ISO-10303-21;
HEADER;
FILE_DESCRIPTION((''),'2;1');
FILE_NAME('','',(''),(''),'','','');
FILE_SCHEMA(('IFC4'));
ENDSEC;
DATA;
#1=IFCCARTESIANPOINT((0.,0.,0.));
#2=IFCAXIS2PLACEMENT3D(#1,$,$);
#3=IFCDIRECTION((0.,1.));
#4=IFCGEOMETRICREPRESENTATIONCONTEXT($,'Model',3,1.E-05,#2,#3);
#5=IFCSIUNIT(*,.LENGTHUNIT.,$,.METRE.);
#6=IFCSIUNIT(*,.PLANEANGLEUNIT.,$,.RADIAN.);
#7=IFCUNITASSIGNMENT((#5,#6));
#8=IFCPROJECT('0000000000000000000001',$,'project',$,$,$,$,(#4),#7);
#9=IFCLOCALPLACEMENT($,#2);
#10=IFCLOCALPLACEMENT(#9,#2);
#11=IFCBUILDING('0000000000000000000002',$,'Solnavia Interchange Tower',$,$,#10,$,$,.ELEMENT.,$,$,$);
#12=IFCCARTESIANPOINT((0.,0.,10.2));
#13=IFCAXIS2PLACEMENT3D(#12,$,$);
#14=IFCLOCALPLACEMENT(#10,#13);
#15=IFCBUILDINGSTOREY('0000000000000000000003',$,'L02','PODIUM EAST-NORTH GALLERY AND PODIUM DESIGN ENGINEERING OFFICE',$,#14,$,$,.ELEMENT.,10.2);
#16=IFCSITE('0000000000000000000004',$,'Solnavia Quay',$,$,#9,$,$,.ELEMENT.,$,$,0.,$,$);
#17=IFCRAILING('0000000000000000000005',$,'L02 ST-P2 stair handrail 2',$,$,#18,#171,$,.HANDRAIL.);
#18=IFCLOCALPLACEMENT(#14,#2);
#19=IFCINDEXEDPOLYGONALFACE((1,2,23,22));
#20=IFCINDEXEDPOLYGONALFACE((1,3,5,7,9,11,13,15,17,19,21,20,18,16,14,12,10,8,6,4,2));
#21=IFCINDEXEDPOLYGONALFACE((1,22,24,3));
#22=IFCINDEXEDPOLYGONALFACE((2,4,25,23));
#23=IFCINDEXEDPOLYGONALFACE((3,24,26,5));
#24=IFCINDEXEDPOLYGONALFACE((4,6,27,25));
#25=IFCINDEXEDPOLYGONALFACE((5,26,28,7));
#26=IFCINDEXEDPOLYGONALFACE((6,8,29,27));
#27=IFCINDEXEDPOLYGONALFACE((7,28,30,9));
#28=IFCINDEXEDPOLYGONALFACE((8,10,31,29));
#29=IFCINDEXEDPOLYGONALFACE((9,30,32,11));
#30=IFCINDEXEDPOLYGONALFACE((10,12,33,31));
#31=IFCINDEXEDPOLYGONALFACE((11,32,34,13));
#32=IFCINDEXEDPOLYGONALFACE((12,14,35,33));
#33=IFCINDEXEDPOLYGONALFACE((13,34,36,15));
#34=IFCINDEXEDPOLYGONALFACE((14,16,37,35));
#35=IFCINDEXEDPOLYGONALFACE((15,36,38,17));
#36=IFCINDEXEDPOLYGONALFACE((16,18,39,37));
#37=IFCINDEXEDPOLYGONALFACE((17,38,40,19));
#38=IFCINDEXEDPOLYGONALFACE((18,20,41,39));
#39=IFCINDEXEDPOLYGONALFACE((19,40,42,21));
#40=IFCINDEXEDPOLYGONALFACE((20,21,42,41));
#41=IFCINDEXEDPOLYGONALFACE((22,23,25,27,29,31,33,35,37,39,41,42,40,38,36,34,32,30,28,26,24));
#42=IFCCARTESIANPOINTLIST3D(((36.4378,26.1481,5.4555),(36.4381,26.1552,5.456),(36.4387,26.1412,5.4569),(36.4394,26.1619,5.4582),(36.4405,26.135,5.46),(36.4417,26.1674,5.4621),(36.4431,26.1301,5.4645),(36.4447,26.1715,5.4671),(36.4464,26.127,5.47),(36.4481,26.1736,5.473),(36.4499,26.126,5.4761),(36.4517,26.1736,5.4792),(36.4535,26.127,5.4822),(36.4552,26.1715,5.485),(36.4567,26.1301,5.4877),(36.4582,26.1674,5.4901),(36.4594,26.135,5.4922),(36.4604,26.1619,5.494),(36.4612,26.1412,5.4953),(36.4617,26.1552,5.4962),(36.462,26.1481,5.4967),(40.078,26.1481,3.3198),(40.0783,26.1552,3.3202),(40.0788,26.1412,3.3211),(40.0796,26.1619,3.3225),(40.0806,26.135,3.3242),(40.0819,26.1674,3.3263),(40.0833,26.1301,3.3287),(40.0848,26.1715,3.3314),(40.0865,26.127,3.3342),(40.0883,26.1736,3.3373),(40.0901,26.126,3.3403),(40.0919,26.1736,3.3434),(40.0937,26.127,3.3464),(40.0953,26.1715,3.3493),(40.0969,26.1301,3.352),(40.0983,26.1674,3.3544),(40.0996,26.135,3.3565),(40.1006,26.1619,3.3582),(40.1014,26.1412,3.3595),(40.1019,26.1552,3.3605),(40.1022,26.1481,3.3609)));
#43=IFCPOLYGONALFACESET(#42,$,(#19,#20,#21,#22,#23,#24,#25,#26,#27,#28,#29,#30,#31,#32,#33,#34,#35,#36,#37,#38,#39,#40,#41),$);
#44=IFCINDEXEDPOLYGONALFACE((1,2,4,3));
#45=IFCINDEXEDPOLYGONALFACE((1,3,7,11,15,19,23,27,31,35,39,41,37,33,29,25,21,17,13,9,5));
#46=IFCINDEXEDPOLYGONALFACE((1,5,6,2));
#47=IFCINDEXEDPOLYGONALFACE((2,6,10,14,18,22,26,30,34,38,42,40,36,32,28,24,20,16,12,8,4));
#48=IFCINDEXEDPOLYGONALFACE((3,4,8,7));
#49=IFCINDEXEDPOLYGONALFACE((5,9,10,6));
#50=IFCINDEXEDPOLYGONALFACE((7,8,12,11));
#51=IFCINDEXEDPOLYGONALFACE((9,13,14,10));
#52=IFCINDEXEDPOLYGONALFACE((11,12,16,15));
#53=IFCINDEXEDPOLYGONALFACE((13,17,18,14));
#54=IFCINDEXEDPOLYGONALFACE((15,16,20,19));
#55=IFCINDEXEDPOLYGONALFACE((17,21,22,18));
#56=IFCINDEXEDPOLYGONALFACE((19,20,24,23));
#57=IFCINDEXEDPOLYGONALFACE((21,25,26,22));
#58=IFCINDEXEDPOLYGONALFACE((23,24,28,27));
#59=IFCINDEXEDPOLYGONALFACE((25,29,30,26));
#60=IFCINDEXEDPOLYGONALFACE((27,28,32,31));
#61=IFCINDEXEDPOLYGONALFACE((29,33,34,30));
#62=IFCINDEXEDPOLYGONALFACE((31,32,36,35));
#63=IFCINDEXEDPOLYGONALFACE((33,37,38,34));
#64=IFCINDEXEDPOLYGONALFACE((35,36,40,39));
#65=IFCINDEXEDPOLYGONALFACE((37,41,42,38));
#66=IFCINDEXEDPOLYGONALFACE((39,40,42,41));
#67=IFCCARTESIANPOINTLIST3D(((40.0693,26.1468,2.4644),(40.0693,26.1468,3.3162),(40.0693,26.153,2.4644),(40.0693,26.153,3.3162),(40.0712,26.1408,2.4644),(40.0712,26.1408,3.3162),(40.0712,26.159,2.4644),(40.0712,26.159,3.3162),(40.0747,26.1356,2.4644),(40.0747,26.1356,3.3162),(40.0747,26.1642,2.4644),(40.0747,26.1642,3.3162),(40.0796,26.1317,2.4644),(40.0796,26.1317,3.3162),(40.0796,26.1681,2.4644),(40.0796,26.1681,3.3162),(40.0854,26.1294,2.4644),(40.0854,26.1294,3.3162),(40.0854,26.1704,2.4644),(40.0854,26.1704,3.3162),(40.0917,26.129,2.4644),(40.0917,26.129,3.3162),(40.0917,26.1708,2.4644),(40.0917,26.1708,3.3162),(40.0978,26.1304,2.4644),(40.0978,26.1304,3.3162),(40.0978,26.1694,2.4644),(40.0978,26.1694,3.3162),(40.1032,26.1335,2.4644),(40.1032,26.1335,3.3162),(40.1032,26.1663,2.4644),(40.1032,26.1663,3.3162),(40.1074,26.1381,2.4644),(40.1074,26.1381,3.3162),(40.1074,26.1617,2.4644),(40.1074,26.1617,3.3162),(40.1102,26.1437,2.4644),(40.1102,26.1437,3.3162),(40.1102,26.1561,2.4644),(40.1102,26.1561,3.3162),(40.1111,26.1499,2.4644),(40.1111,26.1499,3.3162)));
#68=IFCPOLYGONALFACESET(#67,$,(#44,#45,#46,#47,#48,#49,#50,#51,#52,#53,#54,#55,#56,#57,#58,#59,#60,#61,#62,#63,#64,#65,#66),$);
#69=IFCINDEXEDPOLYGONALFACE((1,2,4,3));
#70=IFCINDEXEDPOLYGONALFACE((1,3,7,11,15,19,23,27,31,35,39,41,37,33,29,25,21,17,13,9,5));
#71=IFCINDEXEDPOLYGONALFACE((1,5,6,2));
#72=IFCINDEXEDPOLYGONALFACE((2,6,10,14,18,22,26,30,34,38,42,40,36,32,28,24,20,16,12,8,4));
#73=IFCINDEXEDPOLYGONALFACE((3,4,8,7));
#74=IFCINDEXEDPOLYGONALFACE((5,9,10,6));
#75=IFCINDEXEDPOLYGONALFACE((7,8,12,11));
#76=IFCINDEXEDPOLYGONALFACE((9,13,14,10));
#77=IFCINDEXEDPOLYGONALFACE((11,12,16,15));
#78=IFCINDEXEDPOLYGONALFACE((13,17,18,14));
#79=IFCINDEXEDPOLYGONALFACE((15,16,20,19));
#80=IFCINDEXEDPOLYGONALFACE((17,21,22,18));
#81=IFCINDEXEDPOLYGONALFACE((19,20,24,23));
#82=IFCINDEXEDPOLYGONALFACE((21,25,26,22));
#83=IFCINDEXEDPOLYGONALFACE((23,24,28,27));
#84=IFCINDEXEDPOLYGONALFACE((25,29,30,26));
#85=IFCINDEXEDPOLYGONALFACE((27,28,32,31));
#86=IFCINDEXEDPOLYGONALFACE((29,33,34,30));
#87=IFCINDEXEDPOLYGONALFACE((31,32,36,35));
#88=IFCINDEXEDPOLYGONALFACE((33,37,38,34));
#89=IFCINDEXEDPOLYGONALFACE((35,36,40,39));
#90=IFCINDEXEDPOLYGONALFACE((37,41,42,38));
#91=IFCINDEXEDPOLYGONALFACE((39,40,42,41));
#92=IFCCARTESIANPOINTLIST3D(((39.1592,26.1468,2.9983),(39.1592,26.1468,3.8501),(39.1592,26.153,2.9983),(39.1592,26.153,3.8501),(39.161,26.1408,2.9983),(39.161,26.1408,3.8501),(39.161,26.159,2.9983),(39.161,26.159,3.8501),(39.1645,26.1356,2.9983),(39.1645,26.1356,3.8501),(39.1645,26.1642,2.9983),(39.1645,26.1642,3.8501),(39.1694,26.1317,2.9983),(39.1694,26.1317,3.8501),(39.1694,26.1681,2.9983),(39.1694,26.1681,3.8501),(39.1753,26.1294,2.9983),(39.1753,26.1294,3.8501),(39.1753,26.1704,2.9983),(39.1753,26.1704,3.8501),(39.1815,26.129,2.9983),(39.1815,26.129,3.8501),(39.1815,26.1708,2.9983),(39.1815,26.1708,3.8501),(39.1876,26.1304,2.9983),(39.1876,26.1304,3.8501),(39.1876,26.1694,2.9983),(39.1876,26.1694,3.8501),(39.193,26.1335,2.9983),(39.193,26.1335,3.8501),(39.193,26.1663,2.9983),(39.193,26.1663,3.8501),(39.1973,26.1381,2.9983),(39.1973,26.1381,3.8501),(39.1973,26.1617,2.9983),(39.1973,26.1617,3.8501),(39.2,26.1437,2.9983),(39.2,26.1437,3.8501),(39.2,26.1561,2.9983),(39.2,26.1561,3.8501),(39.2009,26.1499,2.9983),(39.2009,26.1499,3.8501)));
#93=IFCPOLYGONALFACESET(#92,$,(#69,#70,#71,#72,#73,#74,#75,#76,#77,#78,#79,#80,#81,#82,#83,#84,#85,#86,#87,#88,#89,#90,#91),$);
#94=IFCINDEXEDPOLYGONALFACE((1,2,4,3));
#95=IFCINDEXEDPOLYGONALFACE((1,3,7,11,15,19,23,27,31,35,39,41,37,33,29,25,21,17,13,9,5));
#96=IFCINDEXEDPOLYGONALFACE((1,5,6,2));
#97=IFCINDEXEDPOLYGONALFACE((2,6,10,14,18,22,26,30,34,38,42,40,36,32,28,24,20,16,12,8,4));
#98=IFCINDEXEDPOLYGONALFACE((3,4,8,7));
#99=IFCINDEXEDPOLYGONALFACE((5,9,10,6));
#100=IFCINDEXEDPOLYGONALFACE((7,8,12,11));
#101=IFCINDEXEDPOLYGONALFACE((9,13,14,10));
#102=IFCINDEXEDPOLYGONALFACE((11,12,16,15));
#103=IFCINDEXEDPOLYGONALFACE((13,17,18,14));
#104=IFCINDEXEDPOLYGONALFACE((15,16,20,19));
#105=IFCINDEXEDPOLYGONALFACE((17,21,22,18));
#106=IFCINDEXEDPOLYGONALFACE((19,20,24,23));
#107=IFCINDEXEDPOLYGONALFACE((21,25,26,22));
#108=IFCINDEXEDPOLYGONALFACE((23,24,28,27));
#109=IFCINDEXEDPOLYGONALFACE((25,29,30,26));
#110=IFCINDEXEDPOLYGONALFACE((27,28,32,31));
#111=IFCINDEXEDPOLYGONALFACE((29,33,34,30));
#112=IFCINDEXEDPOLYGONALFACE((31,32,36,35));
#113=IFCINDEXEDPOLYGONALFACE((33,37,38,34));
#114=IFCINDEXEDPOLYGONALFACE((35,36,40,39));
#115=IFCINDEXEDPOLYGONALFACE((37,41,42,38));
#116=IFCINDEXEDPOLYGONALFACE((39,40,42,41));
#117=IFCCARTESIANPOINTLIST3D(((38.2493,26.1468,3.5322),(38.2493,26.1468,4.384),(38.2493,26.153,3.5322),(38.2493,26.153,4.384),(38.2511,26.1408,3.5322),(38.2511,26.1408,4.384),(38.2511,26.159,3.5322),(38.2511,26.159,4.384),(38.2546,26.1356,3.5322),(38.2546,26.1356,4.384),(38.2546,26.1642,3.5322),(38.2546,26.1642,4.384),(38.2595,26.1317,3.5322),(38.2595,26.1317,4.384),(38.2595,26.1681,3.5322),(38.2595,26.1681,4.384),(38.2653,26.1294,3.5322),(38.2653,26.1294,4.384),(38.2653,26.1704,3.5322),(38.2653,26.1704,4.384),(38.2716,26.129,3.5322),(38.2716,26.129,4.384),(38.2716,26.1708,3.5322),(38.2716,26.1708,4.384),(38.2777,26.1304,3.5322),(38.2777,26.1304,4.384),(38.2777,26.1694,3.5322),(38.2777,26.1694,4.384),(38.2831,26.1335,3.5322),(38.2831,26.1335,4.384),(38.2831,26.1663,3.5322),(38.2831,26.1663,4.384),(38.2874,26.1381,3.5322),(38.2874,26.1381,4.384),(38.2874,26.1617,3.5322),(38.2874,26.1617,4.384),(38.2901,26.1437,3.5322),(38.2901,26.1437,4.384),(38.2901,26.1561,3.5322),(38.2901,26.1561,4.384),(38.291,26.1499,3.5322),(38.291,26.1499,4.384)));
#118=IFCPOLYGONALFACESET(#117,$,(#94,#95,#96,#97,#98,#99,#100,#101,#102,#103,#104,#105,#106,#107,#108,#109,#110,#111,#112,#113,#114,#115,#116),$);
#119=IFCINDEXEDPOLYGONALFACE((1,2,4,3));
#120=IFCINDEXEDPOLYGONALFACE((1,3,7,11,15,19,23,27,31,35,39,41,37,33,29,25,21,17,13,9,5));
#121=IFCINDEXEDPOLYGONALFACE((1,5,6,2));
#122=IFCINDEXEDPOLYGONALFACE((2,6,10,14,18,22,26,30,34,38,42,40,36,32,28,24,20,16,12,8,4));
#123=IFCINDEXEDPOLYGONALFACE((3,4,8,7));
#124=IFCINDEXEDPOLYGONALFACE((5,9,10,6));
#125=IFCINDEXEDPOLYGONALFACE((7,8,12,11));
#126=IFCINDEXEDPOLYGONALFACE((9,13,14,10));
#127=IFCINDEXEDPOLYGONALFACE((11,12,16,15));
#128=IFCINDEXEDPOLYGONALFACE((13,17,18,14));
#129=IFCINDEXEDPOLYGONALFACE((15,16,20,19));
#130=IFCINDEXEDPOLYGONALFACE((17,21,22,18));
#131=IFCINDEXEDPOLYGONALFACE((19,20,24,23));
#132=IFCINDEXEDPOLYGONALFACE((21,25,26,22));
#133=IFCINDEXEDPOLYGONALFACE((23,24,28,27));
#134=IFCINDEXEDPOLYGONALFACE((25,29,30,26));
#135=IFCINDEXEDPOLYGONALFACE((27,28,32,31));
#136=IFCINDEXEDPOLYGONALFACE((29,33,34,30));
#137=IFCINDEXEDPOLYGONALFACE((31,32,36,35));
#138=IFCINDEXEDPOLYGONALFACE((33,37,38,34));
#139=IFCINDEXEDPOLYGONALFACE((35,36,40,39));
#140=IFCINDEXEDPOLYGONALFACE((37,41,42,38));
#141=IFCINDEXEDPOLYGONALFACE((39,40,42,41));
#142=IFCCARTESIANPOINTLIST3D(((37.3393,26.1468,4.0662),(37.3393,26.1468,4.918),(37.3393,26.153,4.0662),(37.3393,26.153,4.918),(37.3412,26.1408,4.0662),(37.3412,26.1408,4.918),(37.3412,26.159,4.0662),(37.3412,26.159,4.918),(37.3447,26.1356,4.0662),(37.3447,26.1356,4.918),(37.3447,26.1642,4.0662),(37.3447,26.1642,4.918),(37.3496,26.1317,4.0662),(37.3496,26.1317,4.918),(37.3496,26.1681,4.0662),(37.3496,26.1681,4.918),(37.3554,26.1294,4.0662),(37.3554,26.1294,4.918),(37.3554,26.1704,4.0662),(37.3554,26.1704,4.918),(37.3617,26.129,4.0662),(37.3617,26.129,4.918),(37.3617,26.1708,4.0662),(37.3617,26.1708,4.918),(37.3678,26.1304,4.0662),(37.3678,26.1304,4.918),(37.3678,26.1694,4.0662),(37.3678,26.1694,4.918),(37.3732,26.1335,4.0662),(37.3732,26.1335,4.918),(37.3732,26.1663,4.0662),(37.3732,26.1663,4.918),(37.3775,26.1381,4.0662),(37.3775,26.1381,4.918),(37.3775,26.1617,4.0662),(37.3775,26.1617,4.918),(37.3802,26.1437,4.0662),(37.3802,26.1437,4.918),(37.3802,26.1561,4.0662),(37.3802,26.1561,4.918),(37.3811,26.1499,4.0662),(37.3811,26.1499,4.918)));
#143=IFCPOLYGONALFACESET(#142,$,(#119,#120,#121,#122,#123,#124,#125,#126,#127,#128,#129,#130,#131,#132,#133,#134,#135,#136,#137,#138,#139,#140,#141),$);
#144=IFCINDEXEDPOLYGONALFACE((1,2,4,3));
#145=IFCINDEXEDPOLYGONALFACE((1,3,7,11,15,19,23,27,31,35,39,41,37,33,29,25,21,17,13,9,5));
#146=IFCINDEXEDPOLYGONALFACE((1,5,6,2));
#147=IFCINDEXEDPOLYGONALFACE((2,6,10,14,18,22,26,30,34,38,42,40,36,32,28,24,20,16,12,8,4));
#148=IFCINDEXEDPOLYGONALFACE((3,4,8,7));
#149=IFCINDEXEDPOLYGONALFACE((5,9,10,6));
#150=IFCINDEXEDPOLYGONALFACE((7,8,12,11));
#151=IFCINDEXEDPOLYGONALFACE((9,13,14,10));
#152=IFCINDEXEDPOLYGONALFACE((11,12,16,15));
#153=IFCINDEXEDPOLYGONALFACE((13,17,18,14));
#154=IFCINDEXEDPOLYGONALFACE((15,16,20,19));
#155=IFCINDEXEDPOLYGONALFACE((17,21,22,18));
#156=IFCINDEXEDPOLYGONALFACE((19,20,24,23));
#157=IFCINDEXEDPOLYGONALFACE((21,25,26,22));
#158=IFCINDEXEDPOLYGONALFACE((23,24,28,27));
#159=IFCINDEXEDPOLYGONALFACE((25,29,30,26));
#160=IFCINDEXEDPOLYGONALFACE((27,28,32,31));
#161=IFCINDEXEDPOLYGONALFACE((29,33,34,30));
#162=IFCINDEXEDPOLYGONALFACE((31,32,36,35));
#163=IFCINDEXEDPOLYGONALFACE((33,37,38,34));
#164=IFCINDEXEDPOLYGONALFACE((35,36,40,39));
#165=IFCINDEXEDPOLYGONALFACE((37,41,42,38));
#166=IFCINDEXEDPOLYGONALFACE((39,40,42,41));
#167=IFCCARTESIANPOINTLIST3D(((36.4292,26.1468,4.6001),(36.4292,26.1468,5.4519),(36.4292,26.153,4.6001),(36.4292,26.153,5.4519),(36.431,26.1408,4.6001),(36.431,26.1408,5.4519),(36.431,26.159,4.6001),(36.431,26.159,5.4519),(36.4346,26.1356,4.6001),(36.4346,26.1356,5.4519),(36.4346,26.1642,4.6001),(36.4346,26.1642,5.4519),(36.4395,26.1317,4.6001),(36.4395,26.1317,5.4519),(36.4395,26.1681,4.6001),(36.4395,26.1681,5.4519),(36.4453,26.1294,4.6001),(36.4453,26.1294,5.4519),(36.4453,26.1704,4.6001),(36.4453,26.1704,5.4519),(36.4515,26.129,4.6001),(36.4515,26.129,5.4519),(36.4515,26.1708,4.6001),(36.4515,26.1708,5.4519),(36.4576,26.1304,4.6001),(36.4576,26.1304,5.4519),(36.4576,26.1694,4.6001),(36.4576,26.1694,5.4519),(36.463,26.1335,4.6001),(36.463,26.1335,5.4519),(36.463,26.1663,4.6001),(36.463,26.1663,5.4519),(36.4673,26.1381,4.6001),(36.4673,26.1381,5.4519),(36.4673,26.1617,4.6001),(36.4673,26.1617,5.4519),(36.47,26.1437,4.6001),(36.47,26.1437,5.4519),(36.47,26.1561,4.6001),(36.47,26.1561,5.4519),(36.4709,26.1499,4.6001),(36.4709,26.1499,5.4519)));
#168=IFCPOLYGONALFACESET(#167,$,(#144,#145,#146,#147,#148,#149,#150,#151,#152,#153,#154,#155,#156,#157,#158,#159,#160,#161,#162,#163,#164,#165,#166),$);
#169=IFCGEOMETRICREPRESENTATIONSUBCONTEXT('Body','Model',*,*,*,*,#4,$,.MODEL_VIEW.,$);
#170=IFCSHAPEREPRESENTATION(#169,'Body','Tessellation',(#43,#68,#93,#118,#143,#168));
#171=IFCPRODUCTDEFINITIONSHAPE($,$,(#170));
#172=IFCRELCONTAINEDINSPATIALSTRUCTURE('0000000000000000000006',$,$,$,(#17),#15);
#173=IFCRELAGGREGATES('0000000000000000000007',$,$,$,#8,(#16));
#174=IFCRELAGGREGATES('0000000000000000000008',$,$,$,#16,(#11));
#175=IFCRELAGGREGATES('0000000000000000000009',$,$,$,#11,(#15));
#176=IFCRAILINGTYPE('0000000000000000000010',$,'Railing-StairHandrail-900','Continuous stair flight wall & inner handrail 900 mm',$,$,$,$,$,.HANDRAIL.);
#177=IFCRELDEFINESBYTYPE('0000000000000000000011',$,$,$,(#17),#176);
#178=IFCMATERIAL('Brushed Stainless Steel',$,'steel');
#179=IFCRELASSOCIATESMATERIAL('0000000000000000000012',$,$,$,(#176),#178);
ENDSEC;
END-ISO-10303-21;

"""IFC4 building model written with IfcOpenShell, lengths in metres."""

from ifc_helpers import new_model, si_unit, direction, frame, origin, origin_2d, place, context, subcontext, project, spatial, circle, extrude, material, type_object, element, save


model = new_model("IFC4")

# Units and contexts
model_context = context("Model", 3, precision=1e-05, world=origin(), true_north=direction((0.0, 1.0)))
body_context = subcontext(model_context, "Body", "Model", "MODEL_VIEW")
ifc_project = project(units=[si_unit("LENGTHUNIT", "METRE"), si_unit("PLANEANGLEUNIT", "RADIAN")], contexts=[model_context])

# Site, building, storey
site_placement = place(None, origin())
site = spatial("IfcSite", under=ifc_project, at=site_placement, Name="Solnavia Quay", CompositionType="ELEMENT", RefElevation=0.0)
building_placement = place(site_placement, origin())
building = spatial("IfcBuilding", under=site, at=building_placement, Name="Solnavia Interchange Tower", CompositionType="ELEMENT")
storey_placement = place(building_placement, frame((0.0, 0.0, 10.2)))
storey = spatial("IfcBuildingStorey", under=building, at=storey_placement, Name="L02", Description="PODIUM EAST-NORTH GALLERY AND PODIUM DESIGN ENGINEERING OFFICE", CompositionType="ELEMENT", Elevation=10.2)

# Railing
ifc_material_1 = material(Name="Brushed Stainless Steel", Category="steel")
railing_type_1 = type_object("IfcRailingType", Name="Railing-StairHandrail-900", Description="Continuous stair flight wall & inner handrail 900 mm", PredefinedType="HANDRAIL", material=ifc_material_1)
railing_1_placement = place(storey_placement, frame((40.0901, 26.1499, 2.4644)))
element("IfcRailing", 1, at=railing_1_placement, inside=storey, type_object=railing_type_1, Name="L02 ST-P2 stair handrail 2", PredefinedType="HANDRAIL", context=body_context, shape_type="SweptSolid", body=[
    extrude(circle(Radius=0.0239, at=origin_2d()), frame((0.0, 0.0, 0.876), z_axis=(-0.862505, 0.0, 0.506049), x_axis=(0.0, -1.0, 0.0)), (0.0, 0.0, 1.0), 4.2205),
    extrude(circle(Radius=0.021, at=origin_2d()), origin(), (0.0, 0.0, 1.0), 0.8518),
    extrude(circle(Radius=0.021, at=origin_2d()), frame((-0.9102, 0.0, 0.5339)), (0.0, 0.0, 1.0), 0.8518),
    extrude(circle(Radius=0.021, at=origin_2d()), frame((-1.8201, 0.0, 1.0679)), (0.0, 0.0, 1.0), 0.8518),
    extrude(circle(Radius=0.021, at=origin_2d()), frame((-2.73, 0.0, 1.6018)), (0.0, 0.0, 1.0), 0.8518),
    extrude(circle(Radius=0.021, at=origin_2d()), frame((-3.6401, 0.0, 2.1357)), (0.0, 0.0, 1.0), 0.8518),
])

save(model, "model.ifc")
